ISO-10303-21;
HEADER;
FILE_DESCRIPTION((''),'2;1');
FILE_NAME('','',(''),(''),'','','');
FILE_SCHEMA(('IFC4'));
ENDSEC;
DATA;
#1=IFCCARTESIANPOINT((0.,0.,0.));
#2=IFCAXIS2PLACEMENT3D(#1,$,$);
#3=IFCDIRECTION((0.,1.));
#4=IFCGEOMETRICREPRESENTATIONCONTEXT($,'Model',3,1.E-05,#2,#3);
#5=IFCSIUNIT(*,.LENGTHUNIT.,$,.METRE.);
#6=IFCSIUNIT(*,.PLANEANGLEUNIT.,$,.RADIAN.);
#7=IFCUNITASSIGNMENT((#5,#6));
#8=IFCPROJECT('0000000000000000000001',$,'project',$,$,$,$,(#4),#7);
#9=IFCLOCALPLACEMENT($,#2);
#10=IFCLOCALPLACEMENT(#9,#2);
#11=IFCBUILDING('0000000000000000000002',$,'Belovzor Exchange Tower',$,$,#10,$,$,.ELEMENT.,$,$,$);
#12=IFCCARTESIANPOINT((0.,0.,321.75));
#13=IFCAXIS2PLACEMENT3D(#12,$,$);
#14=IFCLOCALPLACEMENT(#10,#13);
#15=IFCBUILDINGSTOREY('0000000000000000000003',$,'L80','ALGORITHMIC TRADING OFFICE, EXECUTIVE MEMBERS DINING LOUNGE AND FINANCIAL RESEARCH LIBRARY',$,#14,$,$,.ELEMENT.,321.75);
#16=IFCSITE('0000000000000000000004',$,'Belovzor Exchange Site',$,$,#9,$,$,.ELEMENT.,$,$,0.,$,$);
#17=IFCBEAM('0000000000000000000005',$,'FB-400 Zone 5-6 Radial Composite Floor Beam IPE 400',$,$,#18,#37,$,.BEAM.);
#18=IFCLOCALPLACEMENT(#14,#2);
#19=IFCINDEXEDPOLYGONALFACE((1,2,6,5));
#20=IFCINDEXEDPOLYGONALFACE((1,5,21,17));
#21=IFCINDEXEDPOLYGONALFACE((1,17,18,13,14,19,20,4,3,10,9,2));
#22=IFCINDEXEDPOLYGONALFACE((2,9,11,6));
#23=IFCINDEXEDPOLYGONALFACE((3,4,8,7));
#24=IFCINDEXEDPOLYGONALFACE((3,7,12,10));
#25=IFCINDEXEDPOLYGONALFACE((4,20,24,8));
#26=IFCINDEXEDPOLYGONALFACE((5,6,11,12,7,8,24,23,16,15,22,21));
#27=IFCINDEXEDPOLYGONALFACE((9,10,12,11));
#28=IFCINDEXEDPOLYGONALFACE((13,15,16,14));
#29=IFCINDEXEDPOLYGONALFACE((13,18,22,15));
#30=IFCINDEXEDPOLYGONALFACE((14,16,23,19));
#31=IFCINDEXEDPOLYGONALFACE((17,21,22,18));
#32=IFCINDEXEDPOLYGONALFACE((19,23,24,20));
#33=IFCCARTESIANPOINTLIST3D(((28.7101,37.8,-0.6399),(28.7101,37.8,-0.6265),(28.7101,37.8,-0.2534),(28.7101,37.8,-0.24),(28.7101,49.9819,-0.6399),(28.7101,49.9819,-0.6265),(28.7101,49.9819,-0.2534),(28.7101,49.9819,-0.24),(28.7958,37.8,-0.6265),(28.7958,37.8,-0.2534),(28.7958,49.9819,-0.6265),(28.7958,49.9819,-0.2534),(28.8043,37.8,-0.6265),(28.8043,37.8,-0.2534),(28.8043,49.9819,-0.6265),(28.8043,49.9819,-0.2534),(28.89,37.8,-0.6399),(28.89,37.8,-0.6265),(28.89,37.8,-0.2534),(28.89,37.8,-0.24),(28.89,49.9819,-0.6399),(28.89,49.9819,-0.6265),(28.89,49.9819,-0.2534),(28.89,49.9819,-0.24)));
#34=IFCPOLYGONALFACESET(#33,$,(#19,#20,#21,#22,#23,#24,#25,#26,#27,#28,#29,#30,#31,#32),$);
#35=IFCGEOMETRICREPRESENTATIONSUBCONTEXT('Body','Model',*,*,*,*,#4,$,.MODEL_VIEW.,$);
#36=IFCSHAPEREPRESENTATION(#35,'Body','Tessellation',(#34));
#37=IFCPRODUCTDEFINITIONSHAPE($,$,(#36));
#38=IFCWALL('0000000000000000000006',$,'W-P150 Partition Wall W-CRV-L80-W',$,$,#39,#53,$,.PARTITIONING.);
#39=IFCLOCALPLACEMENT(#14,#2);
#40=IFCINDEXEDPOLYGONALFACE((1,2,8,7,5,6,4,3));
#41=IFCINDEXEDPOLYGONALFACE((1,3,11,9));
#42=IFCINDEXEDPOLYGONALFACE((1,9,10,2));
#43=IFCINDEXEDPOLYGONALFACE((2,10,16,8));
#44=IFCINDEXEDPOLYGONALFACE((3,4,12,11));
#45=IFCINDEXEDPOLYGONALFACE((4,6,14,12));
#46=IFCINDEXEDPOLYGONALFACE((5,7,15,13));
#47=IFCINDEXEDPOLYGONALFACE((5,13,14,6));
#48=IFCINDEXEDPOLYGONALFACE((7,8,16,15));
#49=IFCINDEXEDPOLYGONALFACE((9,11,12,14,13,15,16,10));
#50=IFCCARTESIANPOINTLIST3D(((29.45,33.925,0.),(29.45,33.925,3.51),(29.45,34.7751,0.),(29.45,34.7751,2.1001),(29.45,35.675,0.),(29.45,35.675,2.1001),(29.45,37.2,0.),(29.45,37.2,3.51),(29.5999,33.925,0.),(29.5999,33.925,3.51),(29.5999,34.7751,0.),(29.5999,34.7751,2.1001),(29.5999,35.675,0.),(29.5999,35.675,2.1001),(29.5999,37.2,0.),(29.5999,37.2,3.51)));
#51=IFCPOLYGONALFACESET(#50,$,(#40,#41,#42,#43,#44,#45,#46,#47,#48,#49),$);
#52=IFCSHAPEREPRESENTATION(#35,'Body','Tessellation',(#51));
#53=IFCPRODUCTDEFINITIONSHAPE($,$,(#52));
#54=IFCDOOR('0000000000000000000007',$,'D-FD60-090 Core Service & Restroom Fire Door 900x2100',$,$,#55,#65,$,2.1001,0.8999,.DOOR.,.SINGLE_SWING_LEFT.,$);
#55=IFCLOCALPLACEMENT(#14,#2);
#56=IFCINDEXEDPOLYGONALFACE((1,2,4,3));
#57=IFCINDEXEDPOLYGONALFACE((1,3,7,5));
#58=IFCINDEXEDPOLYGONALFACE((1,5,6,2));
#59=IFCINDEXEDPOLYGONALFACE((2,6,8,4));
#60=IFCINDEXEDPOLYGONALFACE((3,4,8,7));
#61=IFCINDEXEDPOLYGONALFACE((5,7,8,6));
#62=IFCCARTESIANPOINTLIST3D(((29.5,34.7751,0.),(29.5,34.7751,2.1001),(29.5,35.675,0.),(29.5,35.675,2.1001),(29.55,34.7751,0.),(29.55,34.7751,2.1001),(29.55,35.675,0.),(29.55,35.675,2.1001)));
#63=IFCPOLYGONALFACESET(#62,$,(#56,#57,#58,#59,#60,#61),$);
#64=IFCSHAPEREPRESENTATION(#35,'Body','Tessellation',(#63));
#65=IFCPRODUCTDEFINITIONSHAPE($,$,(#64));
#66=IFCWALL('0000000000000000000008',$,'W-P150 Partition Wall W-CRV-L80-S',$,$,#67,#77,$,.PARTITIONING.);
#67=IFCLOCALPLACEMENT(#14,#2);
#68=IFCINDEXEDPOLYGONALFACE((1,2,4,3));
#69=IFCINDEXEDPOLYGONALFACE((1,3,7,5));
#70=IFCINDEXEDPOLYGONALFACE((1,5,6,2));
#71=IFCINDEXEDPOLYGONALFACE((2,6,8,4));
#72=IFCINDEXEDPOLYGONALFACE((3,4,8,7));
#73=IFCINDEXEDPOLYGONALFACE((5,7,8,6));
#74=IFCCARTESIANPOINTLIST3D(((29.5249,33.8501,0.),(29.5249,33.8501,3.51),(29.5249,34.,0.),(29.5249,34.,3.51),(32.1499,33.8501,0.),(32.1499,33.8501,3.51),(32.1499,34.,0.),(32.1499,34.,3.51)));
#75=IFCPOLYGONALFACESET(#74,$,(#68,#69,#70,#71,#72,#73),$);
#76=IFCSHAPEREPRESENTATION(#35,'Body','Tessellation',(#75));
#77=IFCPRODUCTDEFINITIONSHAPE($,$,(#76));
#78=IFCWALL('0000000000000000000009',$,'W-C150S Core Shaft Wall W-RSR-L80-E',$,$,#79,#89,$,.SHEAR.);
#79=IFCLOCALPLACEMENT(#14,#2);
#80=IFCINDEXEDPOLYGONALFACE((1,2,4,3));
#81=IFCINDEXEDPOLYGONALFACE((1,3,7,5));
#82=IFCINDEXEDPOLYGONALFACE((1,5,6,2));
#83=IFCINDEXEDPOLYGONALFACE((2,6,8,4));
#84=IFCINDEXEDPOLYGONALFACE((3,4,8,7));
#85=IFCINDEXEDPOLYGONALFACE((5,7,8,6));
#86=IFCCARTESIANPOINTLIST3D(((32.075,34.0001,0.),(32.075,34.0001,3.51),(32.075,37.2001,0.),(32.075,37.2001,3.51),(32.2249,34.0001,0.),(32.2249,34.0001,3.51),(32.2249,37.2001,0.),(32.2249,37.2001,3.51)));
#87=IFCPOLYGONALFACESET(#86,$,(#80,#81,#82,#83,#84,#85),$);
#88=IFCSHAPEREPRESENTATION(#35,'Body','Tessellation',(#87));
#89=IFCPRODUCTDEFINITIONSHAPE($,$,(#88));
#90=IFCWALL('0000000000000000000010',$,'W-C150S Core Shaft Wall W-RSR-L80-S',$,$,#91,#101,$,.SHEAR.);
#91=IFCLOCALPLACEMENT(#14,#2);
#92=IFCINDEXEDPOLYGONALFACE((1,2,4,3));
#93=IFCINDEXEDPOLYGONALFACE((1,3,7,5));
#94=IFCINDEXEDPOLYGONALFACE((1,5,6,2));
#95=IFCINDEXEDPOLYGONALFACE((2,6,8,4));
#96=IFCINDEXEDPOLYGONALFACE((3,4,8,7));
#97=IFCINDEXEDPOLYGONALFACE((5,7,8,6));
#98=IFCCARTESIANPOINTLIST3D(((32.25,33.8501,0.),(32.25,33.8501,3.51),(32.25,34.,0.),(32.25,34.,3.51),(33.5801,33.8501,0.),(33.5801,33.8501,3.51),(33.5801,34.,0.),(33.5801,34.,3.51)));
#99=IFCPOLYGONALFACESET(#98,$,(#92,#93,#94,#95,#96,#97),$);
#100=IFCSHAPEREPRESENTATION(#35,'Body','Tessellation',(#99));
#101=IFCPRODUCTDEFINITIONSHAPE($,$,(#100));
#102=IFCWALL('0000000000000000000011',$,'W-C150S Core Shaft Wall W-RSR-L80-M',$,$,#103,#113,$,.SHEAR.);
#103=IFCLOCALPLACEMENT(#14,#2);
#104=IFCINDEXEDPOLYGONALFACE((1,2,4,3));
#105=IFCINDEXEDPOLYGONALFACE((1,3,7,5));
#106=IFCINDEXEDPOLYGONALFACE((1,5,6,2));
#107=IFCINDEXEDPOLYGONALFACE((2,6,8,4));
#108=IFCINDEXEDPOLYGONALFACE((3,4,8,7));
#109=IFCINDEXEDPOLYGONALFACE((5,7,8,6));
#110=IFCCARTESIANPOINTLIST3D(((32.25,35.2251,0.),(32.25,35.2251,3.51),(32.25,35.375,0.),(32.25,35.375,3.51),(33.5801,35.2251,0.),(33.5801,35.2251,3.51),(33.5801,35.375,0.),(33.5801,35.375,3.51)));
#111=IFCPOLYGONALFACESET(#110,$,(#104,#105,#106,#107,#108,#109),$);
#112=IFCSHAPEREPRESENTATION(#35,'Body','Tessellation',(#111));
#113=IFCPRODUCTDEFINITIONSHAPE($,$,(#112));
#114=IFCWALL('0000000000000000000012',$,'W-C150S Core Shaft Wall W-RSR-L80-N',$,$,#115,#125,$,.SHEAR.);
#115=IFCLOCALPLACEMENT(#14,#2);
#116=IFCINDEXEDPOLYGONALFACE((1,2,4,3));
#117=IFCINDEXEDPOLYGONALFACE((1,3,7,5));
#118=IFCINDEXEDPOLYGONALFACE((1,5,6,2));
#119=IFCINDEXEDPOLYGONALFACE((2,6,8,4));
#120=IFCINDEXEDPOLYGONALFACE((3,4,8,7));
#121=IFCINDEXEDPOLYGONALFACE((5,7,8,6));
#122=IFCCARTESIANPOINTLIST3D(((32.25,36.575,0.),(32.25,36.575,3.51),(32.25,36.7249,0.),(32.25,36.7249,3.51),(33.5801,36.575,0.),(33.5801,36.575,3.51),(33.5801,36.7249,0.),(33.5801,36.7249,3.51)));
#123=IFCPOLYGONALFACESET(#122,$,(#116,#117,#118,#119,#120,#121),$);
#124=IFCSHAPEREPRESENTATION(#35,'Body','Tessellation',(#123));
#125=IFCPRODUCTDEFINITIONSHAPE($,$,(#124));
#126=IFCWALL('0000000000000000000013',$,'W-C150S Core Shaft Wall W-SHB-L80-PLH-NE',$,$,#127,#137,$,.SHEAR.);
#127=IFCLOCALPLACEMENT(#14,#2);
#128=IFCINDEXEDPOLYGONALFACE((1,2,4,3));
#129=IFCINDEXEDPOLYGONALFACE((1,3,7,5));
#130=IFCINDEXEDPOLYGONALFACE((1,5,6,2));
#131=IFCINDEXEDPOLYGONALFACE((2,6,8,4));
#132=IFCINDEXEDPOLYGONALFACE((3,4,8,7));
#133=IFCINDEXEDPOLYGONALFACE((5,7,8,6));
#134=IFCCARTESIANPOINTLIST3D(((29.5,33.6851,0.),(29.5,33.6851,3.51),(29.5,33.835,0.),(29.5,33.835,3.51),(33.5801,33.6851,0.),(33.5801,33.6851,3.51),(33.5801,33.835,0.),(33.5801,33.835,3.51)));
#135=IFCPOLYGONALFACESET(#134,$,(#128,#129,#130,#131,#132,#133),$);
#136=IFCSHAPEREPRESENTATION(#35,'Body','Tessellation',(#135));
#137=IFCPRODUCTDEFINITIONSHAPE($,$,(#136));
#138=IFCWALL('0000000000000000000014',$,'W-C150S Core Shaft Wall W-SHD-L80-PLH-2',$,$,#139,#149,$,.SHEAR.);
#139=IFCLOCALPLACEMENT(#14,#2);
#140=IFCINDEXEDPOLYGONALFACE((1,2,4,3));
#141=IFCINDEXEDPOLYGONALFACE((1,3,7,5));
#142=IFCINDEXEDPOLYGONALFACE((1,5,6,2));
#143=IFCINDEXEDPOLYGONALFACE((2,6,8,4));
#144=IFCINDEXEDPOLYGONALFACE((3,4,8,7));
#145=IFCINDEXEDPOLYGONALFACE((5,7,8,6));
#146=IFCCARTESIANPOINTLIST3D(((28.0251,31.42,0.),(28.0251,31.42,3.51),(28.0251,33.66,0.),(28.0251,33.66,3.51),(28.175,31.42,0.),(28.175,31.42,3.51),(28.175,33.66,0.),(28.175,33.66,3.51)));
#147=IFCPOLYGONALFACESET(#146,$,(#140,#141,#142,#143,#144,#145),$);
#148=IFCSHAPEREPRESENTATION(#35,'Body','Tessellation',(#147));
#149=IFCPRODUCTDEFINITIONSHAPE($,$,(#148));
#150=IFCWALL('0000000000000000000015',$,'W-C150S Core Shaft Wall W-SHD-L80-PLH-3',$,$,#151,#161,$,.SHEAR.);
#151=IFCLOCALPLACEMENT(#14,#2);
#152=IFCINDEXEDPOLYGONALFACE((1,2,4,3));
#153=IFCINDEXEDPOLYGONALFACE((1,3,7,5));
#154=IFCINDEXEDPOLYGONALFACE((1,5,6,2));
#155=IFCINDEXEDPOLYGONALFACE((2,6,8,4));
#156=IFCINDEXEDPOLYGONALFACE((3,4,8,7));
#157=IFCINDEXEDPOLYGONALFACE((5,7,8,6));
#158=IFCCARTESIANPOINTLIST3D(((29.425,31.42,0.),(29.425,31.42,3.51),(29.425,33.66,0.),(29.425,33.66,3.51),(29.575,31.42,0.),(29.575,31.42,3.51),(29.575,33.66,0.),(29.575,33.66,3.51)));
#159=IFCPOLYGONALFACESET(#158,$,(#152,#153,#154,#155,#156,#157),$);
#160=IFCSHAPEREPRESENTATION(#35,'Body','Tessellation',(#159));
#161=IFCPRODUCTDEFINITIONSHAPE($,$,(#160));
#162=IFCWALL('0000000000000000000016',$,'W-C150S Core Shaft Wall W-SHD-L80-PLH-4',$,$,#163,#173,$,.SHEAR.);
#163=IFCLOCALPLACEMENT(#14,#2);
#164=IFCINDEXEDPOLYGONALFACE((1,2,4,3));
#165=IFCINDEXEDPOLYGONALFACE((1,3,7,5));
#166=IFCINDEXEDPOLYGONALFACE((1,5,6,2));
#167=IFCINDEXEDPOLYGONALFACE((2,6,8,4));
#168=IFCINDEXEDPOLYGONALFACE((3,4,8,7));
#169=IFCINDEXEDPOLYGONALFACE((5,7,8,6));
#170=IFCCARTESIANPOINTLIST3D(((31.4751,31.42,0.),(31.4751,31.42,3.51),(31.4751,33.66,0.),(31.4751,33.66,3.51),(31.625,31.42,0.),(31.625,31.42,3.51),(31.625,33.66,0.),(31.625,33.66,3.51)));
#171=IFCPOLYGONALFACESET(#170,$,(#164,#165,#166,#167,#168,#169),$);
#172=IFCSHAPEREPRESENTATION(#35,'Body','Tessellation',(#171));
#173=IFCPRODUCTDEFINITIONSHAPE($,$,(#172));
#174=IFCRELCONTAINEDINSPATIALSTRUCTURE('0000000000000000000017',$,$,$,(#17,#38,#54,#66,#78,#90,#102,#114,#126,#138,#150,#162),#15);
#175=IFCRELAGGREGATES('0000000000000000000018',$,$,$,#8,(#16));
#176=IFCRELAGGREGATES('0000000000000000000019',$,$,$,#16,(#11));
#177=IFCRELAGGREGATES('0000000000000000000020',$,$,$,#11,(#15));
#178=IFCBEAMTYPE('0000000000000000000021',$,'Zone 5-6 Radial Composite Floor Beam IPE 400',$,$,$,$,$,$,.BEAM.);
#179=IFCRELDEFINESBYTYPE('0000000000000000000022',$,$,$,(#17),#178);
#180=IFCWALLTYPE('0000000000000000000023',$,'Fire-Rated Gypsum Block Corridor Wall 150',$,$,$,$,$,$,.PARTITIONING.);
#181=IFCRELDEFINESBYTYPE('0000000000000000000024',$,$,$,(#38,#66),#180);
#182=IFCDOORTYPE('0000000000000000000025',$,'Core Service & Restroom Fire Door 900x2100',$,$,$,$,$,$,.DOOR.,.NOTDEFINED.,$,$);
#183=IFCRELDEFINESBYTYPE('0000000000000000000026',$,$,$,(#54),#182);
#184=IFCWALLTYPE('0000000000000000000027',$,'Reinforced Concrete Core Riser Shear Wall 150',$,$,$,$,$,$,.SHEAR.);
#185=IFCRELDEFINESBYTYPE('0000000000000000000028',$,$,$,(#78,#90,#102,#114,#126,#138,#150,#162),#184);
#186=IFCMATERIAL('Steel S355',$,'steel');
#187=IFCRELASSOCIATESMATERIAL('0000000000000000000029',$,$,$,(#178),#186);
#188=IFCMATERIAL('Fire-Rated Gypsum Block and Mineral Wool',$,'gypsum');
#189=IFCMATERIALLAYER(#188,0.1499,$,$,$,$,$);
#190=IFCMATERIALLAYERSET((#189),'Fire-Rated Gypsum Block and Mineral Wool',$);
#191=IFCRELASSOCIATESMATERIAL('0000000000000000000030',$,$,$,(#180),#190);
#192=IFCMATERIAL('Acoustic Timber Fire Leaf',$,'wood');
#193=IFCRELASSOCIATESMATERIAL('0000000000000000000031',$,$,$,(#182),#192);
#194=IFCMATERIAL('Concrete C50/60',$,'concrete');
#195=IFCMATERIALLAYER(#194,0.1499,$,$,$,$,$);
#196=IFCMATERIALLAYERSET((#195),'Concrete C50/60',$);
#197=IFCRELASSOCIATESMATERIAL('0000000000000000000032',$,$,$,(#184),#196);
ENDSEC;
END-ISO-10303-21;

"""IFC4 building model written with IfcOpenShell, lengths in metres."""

from ifc_helpers import new_model, si_unit, direction, frame, frame_2d, origin, origin_2d, place, context, subcontext, project, spatial, rectangle, i_section, extrude, material, layer, layer_set, material_profile, profile_set, type_object, element, fill, save


model = new_model("IFC4")

# Units and contexts
model_context = context("Model", 3, precision=1e-05, world=origin(), true_north=direction((0.0, 1.0)))
body_context = subcontext(model_context, "Body", "Model", "MODEL_VIEW")
ifc_project = project(units=[si_unit("LENGTHUNIT", "METRE"), si_unit("PLANEANGLEUNIT", "RADIAN")], contexts=[model_context])

# Site, building, storey
site_placement = place(None, origin())
site = spatial("IfcSite", under=ifc_project, at=site_placement, Name="Belovzor Exchange Site", CompositionType="ELEMENT", RefElevation=0.0)
building_placement = place(site_placement, origin())
building = spatial("IfcBuilding", under=site, at=building_placement, Name="Belovzor Exchange Tower", CompositionType="ELEMENT")
storey_placement = place(building_placement, frame((0.0, 0.0, 321.75)))
storey = spatial("IfcBuildingStorey", under=building, at=storey_placement, Name="L80", Description="ALGORITHMIC TRADING OFFICE, EXECUTIVE MEMBERS DINING LOUNGE AND FINANCIAL RESEARCH LIBRARY", CompositionType="ELEMENT", Elevation=321.75)

# Beam
ifc_material_1 = material(Name="Steel S355", Category="steel")
ifc_material_profile = material_profile(ifc_material_1, i_section(OverallWidth=0.1799, OverallDepth=0.3999, WebThickness=0.0085, FlangeThickness=0.0134, at=origin_2d()))
ifc_profile_set = profile_set([ifc_material_profile], Name="Steel S355")
beam_type = type_object("IfcBeamType", Name="Zone 5-6 Radial Composite Floor Beam IPE 400", PredefinedType="BEAM", material=ifc_profile_set)
beam_placement = place(storey_placement, frame((28.8, 37.8, -0.4399), z_axis=(0.0, 1.0, 0.0), x_axis=(-1.0, 0.0, 0.0)))
element("IfcBeam", 1, at=beam_placement, inside=storey, type_object=beam_type, Name="FB-400 Zone 5-6 Radial Composite Floor Beam IPE 400", PredefinedType="BEAM", context=body_context, shape_type="SweptSolid", body=[
    extrude(i_section(OverallWidth=0.1799, OverallDepth=0.3999, WebThickness=0.0085, FlangeThickness=0.0134, at=origin_2d()), origin(), (0.0, 0.0, 1.0), 12.1819),
])

# Wall, opening, door
ifc_material_2 = material(Name="Fire-Rated Gypsum Block and Mineral Wool", Category="gypsum")
ifc_layer_1 = layer(ifc_material_2, 0.1499)
ifc_layer_set_1 = layer_set([ifc_layer_1], Name="Fire-Rated Gypsum Block and Mineral Wool")
wall_type_1 = type_object("IfcWallType", Name="Fire-Rated Gypsum Block Corridor Wall 150", PredefinedType="PARTITIONING", material=ifc_layer_set_1)
wall_1_placement = place(storey_placement, frame((29.5249, 33.925, 0.0), z_axis=(0.0, 0.0, 1.0), x_axis=(0.0, 1.0, 0.0)))
wall_1 = element("IfcWall", 2, at=wall_1_placement, inside=storey, type_object=wall_type_1, Name="W-P150 Partition Wall W-CRV-L80-W", PredefinedType="PARTITIONING", context=body_context, shape_type="SweptSolid", body=[
    extrude(rectangle(XDim=3.2749, YDim=0.1499, at=frame_2d((1.6375, 0.0))), origin(), (0.0, 0.0, 1.0), 3.51),
])
opening_1_placement = place(wall_1_placement, frame((0.8501, 0.0, 0.0)))
opening_1 = element("IfcOpeningElement", 3, at=opening_1_placement, cuts=wall_1, PredefinedType="OPENING", context=body_context, shape_type="SweptSolid", body=[
    extrude(rectangle(XDim=0.8999, YDim=2.1001, at=frame_2d((0.45, 1.05))), frame((0.0, 0.085, 0.0), z_axis=(0.0, -1.0, 0.0), x_axis=(1.0, 0.0, 0.0)), (0.0, 0.0, 1.0), 0.1699),
])
ifc_material_3 = material(Name="Acoustic Timber Fire Leaf", Category="wood")
door_type_1 = type_object("IfcDoorType", Name="Core Service & Restroom Fire Door 900x2100", OperationType="NOTDEFINED", PredefinedType="DOOR", material=ifc_material_3)
door_1_placement = place(opening_1_placement, origin())
door_1 = element("IfcDoor", 4, at=door_1_placement, inside=storey, type_object=door_type_1, Name="D-FD60-090 Core Service & Restroom Fire Door 900x2100", OperationType="SINGLE_SWING_LEFT", OverallHeight=2.1001, OverallWidth=0.8999, PredefinedType="DOOR", context=body_context, shape_type="SweptSolid", body=[
    extrude(rectangle(XDim=0.8999, YDim=2.1001, at=frame_2d((0.45, 1.05))), frame((0.0, 0.0249, 0.0), z_axis=(0.0, -1.0, 0.0), x_axis=(1.0, 0.0, 0.0)), (0.0, 0.0, 1.0), 0.05),
])
fill(opening_1, door_1)

# Walls
wall_2_placement = place(storey_placement, frame((29.5249, 33.925, 0.0), z_axis=(0.0, 0.0, 1.0), x_axis=(1.0, 0.0, 0.0)))
element("IfcWall", 5, at=wall_2_placement, inside=storey, type_object=wall_type_1, Name="W-P150 Partition Wall W-CRV-L80-S", PredefinedType="PARTITIONING", context=body_context, shape_type="SweptSolid", body=[
    extrude(rectangle(XDim=2.625, YDim=0.1499, at=frame_2d((1.3125, 0.0))), origin(), (0.0, 0.0, 1.0), 3.51),
])
ifc_material_4 = material(Name="Concrete C50/60", Category="concrete")
ifc_layer_2 = layer(ifc_material_4, 0.1499)
ifc_layer_set_2 = layer_set([ifc_layer_2], Name="Concrete C50/60")
wall_type_2 = type_object("IfcWallType", Name="Reinforced Concrete Core Riser Shear Wall 150", PredefinedType="SHEAR", material=ifc_layer_set_2)
wall_3_placement = place(storey_placement, frame((32.1499, 34.0, 0.0), z_axis=(0.0, 0.0, 1.0), x_axis=(0.0, 1.0, 0.0)))
element("IfcWall", 6, at=wall_3_placement, inside=storey, type_object=wall_type_2, Name="W-C150S Core Shaft Wall W-RSR-L80-E", PredefinedType="SHEAR", context=body_context, shape_type="SweptSolid", body=[
    extrude(rectangle(XDim=3.2, YDim=0.1499, at=frame_2d((1.6001, 0.0))), origin(), (0.0, 0.0, 1.0), 3.51),
])
for number, where, z_axis, x_axis, name in (
    (7, (32.25, 33.925, 0.0), (0.0, 0.0, 1.0), (1.0, 0.0, 0.0), "W-C150S Core Shaft Wall W-RSR-L80-S"),
    (8, (32.25, 35.3, 0.0), (0.0, 0.0, 1.0), (1.0, 0.0, 0.0), "W-C150S Core Shaft Wall W-RSR-L80-M"),
    (9, (32.25, 36.6499, 0.0), (0.0, 0.0, 1.0), (1.0, 0.0, 0.0), "W-C150S Core Shaft Wall W-RSR-L80-N"),
):
    element("IfcWall", number, at=place(storey_placement, frame(where, z_axis=z_axis, x_axis=x_axis)), inside=storey, type_object=wall_type_2, Name=name, PredefinedType="SHEAR", context=body_context, shape_type="SweptSolid", body=[
        extrude(rectangle(XDim=1.3301, YDim=0.1499, at=frame_2d((0.665, 0.0))), origin(), (0.0, 0.0, 1.0), 3.51),
    ])
wall_4_placement = place(storey_placement, frame((29.5, 33.76, 0.0), z_axis=(0.0, 0.0, 1.0), x_axis=(1.0, 0.0, 0.0)))
element("IfcWall", 10, at=wall_4_placement, inside=storey, type_object=wall_type_2, Name="W-C150S Core Shaft Wall W-SHB-L80-PLH-NE", PredefinedType="SHEAR", context=body_context, shape_type="SweptSolid", body=[
    extrude(rectangle(XDim=4.0801, YDim=0.1499, at=frame_2d((2.04, 0.0))), origin(), (0.0, 0.0, 1.0), 3.51),
])
for number, where, z_axis, x_axis, name in (
    (11, (28.1001, 31.4199, 0.0), (0.0, 0.0, 1.0), (0.0, 1.0, 0.0), "W-C150S Core Shaft Wall W-SHD-L80-PLH-2"),
    (12, (29.5, 31.4199, 0.0), (0.0, 0.0, 1.0), (0.0, 1.0, 0.0), "W-C150S Core Shaft Wall W-SHD-L80-PLH-3"),
    (13, (31.55, 31.4199, 0.0), (0.0, 0.0, 1.0), (0.0, 1.0, 0.0), "W-C150S Core Shaft Wall W-SHD-L80-PLH-4"),
):
    element("IfcWall", number, at=place(storey_placement, frame(where, z_axis=z_axis, x_axis=x_axis)), inside=storey, type_object=wall_type_2, Name=name, PredefinedType="SHEAR", context=body_context, shape_type="SweptSolid", body=[
        extrude(rectangle(XDim=2.24, YDim=0.1499, at=frame_2d((1.1201, 0.0))), origin(), (0.0, 0.0, 1.0), 3.51),
    ])

save(model, "model.ifc")
